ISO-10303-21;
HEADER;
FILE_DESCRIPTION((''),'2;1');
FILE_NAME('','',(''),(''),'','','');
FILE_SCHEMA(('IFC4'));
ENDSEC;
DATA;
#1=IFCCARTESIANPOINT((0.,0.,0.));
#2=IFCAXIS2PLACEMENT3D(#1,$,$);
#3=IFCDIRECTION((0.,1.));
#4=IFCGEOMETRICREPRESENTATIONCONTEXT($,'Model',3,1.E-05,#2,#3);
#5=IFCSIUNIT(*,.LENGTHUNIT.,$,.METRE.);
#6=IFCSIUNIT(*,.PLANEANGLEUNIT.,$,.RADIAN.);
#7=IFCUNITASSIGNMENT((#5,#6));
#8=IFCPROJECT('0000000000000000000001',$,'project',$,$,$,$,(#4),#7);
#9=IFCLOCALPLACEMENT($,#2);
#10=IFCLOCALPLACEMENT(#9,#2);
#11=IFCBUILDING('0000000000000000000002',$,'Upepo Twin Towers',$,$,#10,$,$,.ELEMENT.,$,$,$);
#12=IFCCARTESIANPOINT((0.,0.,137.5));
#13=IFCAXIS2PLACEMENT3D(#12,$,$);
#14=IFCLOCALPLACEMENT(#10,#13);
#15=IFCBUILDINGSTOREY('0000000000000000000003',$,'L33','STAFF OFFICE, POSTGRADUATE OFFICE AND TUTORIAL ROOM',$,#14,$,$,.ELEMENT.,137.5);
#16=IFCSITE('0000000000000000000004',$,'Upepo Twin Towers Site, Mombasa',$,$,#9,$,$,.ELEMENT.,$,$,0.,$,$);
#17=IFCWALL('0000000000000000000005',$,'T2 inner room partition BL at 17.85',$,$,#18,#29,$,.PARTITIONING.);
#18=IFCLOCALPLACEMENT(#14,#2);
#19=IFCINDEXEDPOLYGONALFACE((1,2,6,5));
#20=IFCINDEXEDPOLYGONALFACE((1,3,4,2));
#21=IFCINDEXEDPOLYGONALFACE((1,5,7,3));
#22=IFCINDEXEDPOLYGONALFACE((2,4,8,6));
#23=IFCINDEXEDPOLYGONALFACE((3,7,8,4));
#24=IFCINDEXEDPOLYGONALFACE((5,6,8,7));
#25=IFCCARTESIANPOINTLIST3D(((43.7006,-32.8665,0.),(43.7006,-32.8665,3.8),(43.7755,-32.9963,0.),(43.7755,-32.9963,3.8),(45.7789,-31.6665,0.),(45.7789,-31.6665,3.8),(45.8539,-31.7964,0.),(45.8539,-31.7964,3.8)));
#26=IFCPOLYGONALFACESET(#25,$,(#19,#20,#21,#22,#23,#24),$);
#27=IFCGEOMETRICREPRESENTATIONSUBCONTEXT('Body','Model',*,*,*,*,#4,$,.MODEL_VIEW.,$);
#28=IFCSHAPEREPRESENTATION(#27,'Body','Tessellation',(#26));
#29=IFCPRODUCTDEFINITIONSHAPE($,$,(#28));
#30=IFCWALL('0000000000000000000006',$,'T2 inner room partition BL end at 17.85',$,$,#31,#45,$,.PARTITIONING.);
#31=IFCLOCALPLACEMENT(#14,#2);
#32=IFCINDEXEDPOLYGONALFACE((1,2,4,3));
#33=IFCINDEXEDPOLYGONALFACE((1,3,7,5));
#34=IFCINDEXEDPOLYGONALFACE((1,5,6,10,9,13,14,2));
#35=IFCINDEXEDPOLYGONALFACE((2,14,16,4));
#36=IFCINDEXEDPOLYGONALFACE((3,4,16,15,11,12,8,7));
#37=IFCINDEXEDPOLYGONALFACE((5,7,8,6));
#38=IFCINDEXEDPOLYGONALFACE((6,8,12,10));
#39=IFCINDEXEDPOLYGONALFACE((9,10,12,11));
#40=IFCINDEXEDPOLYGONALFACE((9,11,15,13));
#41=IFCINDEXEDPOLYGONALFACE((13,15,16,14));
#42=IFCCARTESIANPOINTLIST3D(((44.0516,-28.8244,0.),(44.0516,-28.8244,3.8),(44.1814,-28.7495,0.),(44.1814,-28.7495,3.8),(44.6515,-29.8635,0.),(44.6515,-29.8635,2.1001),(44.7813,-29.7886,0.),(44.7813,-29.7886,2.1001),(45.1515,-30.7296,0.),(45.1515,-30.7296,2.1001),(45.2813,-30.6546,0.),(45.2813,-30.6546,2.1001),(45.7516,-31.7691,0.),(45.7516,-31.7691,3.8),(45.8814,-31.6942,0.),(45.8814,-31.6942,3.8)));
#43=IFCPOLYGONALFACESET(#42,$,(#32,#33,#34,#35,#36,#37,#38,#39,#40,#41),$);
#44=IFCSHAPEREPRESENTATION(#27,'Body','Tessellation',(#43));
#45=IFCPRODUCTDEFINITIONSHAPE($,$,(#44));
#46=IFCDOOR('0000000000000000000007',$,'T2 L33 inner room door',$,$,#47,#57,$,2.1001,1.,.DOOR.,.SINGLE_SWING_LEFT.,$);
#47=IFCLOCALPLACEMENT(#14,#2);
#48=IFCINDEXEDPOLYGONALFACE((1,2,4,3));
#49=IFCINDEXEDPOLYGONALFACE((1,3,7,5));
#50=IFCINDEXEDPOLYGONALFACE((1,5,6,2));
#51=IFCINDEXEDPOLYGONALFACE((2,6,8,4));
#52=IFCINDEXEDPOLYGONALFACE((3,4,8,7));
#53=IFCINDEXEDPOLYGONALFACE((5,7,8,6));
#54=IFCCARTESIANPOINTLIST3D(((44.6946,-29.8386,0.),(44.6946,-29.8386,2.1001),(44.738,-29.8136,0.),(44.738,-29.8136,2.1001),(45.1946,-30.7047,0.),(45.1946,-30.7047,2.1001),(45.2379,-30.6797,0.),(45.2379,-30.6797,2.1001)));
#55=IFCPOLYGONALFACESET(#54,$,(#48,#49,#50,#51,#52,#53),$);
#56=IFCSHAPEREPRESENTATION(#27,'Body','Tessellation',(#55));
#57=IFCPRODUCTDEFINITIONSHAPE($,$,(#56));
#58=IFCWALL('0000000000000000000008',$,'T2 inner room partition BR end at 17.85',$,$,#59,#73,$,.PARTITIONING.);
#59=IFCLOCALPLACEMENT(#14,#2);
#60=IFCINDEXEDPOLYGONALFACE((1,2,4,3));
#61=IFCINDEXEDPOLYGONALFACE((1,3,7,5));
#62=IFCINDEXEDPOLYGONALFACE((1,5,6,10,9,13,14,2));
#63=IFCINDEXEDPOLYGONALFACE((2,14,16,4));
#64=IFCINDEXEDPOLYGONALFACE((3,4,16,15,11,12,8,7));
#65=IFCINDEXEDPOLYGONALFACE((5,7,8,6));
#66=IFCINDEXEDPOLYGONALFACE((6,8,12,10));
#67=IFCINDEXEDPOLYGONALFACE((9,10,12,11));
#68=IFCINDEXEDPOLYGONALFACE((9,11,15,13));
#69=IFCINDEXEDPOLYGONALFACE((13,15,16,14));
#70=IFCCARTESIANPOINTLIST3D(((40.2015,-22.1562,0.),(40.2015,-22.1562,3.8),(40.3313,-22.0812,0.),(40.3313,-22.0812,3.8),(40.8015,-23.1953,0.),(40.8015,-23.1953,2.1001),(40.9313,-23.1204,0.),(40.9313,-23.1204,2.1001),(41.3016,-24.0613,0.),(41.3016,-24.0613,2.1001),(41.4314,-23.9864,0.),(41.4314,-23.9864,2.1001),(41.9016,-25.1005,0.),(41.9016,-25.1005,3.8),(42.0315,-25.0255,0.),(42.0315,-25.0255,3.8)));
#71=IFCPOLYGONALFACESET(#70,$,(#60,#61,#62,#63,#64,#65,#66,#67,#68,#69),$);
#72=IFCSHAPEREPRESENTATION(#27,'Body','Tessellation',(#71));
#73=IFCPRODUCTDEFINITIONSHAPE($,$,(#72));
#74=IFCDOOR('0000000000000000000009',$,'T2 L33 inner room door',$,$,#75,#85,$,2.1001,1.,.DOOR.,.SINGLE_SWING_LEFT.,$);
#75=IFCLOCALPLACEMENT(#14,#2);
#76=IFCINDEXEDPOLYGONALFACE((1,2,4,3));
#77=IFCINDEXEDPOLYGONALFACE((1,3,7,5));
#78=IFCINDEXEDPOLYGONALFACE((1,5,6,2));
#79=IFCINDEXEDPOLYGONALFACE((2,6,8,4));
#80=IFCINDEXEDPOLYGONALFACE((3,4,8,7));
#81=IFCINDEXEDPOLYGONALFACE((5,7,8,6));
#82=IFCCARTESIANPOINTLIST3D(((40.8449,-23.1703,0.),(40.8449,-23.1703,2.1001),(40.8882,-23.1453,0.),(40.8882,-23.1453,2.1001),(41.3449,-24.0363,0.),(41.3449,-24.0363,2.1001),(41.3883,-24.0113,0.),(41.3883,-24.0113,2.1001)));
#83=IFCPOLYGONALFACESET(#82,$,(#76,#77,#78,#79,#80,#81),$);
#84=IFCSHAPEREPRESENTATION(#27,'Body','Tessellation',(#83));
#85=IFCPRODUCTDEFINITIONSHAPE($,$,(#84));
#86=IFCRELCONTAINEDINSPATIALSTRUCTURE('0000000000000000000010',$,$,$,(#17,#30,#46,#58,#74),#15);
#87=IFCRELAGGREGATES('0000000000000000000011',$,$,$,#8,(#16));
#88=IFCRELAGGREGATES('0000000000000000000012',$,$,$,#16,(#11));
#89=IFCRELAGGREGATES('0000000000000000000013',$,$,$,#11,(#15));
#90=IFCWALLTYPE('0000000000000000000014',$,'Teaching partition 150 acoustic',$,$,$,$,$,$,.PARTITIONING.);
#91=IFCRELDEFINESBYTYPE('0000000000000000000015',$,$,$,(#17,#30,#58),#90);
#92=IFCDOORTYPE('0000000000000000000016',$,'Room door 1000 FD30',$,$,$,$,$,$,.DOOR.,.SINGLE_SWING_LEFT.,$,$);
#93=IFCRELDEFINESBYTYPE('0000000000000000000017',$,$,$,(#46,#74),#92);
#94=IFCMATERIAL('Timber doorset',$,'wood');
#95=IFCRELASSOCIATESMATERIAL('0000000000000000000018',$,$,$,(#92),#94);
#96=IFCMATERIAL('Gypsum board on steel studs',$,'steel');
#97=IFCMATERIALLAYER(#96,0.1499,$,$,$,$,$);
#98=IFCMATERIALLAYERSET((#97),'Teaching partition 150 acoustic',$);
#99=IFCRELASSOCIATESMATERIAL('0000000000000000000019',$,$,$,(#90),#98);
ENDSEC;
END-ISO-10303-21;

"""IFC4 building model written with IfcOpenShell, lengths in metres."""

from ifc_helpers import new_model, si_unit, direction, frame, frame_2d, origin, place, context, subcontext, project, spatial, rectangle, extrude, material, layer, layer_set, type_object, element, fill, save


model = new_model("IFC4")

# Units and contexts
model_context = context("Model", 3, precision=1e-05, world=origin(), true_north=direction((0.0, 1.0)))
body_context = subcontext(model_context, "Body", "Model", "MODEL_VIEW")
ifc_project = project(units=[si_unit("LENGTHUNIT", "METRE"), si_unit("PLANEANGLEUNIT", "RADIAN")], contexts=[model_context])

# Site, building, storey
site_placement = place(None, origin())
site = spatial("IfcSite", under=ifc_project, at=site_placement, Name="Upepo Twin Towers Site, Mombasa", CompositionType="ELEMENT", RefElevation=0.0)
building_placement = place(site_placement, origin())
building = spatial("IfcBuilding", under=site, at=building_placement, Name="Upepo Twin Towers", CompositionType="ELEMENT")
storey_placement = place(building_placement, frame((0.0, 0.0, 137.5)))
storey = spatial("IfcBuildingStorey", under=building, at=storey_placement, Name="L33", Description="STAFF OFFICE, POSTGRADUATE OFFICE AND TUTORIAL ROOM", CompositionType="ELEMENT", Elevation=137.5)

# Shared definitions
ifc_material_1 = material(Name="Timber doorset", Category="wood")
door_type = type_object("IfcDoorType", Name="Room door 1000 FD30", OperationType="SINGLE_SWING_LEFT", PredefinedType="DOOR", material=ifc_material_1)

# Wall
ifc_material_2 = material(Name="Gypsum board on steel studs", Category="steel")
ifc_layer_1 = layer(ifc_material_2, 0.1499)
ifc_layer_set_1 = layer_set([ifc_layer_1], Name="Teaching partition 150 acoustic")
wall_type_1 = type_object("IfcWallType", Name="Teaching partition 150 acoustic", PredefinedType="PARTITIONING", material=ifc_layer_set_1)
wall_1_placement = place(storey_placement, frame((45.8164, -31.7314, 0.0), z_axis=(0.0, 0.0, 1.0), x_axis=(-0.866025, -0.500001, 0.0)))
element("IfcWall", 1, at=wall_1_placement, inside=storey, type_object=wall_type_1, Name="T2 inner room partition BL at 17.85", PredefinedType="PARTITIONING", context=body_context, shape_type="SweptSolid", body=[
    extrude(rectangle(XDim=2.3999, YDim=0.1499, at=frame_2d((1.2, 0.0))), origin(), (0.0, 0.0, 1.0), 3.8),
])

# Walls, openings, doors
wall_2_placement = place(storey_placement, frame((44.1165, -28.7869, 0.0), z_axis=(0.0, 0.0, 1.0), x_axis=(0.499977, -0.866039, 0.0)))
wall_2 = element("IfcWall", 2, at=wall_2_placement, inside=storey, type_object=wall_type_1, Name="T2 inner room partition BL end at 17.85", PredefinedType="PARTITIONING", context=body_context, shape_type="SweptSolid", body=[
    extrude(rectangle(XDim=3.4001, YDim=0.1499, at=frame_2d((1.7002, 0.0))), origin(), (0.0, 0.0, 1.0), 3.8),
])
opening_1_placement = place(wall_2_placement, frame((1.2, 0.0, 0.0)))
opening_1 = element("IfcOpeningElement", 3, at=opening_1_placement, cuts=wall_2, PredefinedType="OPENING", context=body_context, shape_type="SweptSolid", body=[
    extrude(rectangle(XDim=1.0, YDim=2.1001, at=frame_2d((0.5, 1.05))), frame((0.0, 0.085, 0.0), z_axis=(0.0, -1.0, 0.0), x_axis=(1.0, 0.0, 0.0)), (0.0, 0.0, 1.0), 0.1699),
])
door_1_placement = place(opening_1_placement, origin())
door_1 = element("IfcDoor", 4, at=door_1_placement, inside=storey, type_object=door_type, Name="T2 L33 inner room door", OperationType="SINGLE_SWING_LEFT", OverallHeight=2.1001, OverallWidth=1.0, PredefinedType="DOOR", context=body_context, shape_type="SweptSolid", body=[
    extrude(rectangle(XDim=1.0, YDim=2.1001, at=frame_2d((0.5, 1.05))), frame((0.0, 0.0249, 0.0), z_axis=(0.0, -1.0, 0.0), x_axis=(1.0, 0.0, 0.0)), (0.0, 0.0, 1.0), 0.05),
])
fill(opening_1, door_1)
wall_3_placement = place(storey_placement, frame((41.9666, -25.063, 0.0), z_axis=(0.0, 0.0, 1.0), x_axis=(-0.500062, 0.865989, 0.0)))
wall_3 = element("IfcWall", 5, at=wall_3_placement, inside=storey, type_object=wall_type_1, Name="T2 inner room partition BR end at 17.85", PredefinedType="PARTITIONING", context=body_context, shape_type="SweptSolid", body=[
    extrude(rectangle(XDim=3.3999, YDim=0.1499, at=frame_2d((1.7, 0.0))), origin(), (0.0, 0.0, 1.0), 3.8),
])
opening_2_placement = place(wall_3_placement, frame((1.2, 0.0, 0.0)))
opening_2 = element("IfcOpeningElement", 6, at=opening_2_placement, cuts=wall_3, PredefinedType="OPENING", context=body_context, shape_type="SweptSolid", body=[
    extrude(rectangle(XDim=1.0, YDim=2.1001, at=frame_2d((0.5, 1.05))), frame((0.0, 0.085, 0.0), z_axis=(0.0, -1.0, 0.0), x_axis=(1.0, 0.0, 0.0)), (0.0, 0.0, 1.0), 0.1699),
])
door_2_placement = place(opening_2_placement, origin())
door_2 = element("IfcDoor", 7, at=door_2_placement, inside=storey, type_object=door_type, Name="T2 L33 inner room door", OperationType="SINGLE_SWING_LEFT", OverallHeight=2.1001, OverallWidth=1.0, PredefinedType="DOOR", context=body_context, shape_type="SweptSolid", body=[
    extrude(rectangle(XDim=1.0, YDim=2.1001, at=frame_2d((0.5, 1.05))), frame((0.0, 0.0249, 0.0), z_axis=(0.0, -1.0, 0.0), x_axis=(1.0, 0.0, 0.0)), (0.0, 0.0, 1.0), 0.05),
])
fill(opening_2, door_2)

save(model, "model.ifc")
